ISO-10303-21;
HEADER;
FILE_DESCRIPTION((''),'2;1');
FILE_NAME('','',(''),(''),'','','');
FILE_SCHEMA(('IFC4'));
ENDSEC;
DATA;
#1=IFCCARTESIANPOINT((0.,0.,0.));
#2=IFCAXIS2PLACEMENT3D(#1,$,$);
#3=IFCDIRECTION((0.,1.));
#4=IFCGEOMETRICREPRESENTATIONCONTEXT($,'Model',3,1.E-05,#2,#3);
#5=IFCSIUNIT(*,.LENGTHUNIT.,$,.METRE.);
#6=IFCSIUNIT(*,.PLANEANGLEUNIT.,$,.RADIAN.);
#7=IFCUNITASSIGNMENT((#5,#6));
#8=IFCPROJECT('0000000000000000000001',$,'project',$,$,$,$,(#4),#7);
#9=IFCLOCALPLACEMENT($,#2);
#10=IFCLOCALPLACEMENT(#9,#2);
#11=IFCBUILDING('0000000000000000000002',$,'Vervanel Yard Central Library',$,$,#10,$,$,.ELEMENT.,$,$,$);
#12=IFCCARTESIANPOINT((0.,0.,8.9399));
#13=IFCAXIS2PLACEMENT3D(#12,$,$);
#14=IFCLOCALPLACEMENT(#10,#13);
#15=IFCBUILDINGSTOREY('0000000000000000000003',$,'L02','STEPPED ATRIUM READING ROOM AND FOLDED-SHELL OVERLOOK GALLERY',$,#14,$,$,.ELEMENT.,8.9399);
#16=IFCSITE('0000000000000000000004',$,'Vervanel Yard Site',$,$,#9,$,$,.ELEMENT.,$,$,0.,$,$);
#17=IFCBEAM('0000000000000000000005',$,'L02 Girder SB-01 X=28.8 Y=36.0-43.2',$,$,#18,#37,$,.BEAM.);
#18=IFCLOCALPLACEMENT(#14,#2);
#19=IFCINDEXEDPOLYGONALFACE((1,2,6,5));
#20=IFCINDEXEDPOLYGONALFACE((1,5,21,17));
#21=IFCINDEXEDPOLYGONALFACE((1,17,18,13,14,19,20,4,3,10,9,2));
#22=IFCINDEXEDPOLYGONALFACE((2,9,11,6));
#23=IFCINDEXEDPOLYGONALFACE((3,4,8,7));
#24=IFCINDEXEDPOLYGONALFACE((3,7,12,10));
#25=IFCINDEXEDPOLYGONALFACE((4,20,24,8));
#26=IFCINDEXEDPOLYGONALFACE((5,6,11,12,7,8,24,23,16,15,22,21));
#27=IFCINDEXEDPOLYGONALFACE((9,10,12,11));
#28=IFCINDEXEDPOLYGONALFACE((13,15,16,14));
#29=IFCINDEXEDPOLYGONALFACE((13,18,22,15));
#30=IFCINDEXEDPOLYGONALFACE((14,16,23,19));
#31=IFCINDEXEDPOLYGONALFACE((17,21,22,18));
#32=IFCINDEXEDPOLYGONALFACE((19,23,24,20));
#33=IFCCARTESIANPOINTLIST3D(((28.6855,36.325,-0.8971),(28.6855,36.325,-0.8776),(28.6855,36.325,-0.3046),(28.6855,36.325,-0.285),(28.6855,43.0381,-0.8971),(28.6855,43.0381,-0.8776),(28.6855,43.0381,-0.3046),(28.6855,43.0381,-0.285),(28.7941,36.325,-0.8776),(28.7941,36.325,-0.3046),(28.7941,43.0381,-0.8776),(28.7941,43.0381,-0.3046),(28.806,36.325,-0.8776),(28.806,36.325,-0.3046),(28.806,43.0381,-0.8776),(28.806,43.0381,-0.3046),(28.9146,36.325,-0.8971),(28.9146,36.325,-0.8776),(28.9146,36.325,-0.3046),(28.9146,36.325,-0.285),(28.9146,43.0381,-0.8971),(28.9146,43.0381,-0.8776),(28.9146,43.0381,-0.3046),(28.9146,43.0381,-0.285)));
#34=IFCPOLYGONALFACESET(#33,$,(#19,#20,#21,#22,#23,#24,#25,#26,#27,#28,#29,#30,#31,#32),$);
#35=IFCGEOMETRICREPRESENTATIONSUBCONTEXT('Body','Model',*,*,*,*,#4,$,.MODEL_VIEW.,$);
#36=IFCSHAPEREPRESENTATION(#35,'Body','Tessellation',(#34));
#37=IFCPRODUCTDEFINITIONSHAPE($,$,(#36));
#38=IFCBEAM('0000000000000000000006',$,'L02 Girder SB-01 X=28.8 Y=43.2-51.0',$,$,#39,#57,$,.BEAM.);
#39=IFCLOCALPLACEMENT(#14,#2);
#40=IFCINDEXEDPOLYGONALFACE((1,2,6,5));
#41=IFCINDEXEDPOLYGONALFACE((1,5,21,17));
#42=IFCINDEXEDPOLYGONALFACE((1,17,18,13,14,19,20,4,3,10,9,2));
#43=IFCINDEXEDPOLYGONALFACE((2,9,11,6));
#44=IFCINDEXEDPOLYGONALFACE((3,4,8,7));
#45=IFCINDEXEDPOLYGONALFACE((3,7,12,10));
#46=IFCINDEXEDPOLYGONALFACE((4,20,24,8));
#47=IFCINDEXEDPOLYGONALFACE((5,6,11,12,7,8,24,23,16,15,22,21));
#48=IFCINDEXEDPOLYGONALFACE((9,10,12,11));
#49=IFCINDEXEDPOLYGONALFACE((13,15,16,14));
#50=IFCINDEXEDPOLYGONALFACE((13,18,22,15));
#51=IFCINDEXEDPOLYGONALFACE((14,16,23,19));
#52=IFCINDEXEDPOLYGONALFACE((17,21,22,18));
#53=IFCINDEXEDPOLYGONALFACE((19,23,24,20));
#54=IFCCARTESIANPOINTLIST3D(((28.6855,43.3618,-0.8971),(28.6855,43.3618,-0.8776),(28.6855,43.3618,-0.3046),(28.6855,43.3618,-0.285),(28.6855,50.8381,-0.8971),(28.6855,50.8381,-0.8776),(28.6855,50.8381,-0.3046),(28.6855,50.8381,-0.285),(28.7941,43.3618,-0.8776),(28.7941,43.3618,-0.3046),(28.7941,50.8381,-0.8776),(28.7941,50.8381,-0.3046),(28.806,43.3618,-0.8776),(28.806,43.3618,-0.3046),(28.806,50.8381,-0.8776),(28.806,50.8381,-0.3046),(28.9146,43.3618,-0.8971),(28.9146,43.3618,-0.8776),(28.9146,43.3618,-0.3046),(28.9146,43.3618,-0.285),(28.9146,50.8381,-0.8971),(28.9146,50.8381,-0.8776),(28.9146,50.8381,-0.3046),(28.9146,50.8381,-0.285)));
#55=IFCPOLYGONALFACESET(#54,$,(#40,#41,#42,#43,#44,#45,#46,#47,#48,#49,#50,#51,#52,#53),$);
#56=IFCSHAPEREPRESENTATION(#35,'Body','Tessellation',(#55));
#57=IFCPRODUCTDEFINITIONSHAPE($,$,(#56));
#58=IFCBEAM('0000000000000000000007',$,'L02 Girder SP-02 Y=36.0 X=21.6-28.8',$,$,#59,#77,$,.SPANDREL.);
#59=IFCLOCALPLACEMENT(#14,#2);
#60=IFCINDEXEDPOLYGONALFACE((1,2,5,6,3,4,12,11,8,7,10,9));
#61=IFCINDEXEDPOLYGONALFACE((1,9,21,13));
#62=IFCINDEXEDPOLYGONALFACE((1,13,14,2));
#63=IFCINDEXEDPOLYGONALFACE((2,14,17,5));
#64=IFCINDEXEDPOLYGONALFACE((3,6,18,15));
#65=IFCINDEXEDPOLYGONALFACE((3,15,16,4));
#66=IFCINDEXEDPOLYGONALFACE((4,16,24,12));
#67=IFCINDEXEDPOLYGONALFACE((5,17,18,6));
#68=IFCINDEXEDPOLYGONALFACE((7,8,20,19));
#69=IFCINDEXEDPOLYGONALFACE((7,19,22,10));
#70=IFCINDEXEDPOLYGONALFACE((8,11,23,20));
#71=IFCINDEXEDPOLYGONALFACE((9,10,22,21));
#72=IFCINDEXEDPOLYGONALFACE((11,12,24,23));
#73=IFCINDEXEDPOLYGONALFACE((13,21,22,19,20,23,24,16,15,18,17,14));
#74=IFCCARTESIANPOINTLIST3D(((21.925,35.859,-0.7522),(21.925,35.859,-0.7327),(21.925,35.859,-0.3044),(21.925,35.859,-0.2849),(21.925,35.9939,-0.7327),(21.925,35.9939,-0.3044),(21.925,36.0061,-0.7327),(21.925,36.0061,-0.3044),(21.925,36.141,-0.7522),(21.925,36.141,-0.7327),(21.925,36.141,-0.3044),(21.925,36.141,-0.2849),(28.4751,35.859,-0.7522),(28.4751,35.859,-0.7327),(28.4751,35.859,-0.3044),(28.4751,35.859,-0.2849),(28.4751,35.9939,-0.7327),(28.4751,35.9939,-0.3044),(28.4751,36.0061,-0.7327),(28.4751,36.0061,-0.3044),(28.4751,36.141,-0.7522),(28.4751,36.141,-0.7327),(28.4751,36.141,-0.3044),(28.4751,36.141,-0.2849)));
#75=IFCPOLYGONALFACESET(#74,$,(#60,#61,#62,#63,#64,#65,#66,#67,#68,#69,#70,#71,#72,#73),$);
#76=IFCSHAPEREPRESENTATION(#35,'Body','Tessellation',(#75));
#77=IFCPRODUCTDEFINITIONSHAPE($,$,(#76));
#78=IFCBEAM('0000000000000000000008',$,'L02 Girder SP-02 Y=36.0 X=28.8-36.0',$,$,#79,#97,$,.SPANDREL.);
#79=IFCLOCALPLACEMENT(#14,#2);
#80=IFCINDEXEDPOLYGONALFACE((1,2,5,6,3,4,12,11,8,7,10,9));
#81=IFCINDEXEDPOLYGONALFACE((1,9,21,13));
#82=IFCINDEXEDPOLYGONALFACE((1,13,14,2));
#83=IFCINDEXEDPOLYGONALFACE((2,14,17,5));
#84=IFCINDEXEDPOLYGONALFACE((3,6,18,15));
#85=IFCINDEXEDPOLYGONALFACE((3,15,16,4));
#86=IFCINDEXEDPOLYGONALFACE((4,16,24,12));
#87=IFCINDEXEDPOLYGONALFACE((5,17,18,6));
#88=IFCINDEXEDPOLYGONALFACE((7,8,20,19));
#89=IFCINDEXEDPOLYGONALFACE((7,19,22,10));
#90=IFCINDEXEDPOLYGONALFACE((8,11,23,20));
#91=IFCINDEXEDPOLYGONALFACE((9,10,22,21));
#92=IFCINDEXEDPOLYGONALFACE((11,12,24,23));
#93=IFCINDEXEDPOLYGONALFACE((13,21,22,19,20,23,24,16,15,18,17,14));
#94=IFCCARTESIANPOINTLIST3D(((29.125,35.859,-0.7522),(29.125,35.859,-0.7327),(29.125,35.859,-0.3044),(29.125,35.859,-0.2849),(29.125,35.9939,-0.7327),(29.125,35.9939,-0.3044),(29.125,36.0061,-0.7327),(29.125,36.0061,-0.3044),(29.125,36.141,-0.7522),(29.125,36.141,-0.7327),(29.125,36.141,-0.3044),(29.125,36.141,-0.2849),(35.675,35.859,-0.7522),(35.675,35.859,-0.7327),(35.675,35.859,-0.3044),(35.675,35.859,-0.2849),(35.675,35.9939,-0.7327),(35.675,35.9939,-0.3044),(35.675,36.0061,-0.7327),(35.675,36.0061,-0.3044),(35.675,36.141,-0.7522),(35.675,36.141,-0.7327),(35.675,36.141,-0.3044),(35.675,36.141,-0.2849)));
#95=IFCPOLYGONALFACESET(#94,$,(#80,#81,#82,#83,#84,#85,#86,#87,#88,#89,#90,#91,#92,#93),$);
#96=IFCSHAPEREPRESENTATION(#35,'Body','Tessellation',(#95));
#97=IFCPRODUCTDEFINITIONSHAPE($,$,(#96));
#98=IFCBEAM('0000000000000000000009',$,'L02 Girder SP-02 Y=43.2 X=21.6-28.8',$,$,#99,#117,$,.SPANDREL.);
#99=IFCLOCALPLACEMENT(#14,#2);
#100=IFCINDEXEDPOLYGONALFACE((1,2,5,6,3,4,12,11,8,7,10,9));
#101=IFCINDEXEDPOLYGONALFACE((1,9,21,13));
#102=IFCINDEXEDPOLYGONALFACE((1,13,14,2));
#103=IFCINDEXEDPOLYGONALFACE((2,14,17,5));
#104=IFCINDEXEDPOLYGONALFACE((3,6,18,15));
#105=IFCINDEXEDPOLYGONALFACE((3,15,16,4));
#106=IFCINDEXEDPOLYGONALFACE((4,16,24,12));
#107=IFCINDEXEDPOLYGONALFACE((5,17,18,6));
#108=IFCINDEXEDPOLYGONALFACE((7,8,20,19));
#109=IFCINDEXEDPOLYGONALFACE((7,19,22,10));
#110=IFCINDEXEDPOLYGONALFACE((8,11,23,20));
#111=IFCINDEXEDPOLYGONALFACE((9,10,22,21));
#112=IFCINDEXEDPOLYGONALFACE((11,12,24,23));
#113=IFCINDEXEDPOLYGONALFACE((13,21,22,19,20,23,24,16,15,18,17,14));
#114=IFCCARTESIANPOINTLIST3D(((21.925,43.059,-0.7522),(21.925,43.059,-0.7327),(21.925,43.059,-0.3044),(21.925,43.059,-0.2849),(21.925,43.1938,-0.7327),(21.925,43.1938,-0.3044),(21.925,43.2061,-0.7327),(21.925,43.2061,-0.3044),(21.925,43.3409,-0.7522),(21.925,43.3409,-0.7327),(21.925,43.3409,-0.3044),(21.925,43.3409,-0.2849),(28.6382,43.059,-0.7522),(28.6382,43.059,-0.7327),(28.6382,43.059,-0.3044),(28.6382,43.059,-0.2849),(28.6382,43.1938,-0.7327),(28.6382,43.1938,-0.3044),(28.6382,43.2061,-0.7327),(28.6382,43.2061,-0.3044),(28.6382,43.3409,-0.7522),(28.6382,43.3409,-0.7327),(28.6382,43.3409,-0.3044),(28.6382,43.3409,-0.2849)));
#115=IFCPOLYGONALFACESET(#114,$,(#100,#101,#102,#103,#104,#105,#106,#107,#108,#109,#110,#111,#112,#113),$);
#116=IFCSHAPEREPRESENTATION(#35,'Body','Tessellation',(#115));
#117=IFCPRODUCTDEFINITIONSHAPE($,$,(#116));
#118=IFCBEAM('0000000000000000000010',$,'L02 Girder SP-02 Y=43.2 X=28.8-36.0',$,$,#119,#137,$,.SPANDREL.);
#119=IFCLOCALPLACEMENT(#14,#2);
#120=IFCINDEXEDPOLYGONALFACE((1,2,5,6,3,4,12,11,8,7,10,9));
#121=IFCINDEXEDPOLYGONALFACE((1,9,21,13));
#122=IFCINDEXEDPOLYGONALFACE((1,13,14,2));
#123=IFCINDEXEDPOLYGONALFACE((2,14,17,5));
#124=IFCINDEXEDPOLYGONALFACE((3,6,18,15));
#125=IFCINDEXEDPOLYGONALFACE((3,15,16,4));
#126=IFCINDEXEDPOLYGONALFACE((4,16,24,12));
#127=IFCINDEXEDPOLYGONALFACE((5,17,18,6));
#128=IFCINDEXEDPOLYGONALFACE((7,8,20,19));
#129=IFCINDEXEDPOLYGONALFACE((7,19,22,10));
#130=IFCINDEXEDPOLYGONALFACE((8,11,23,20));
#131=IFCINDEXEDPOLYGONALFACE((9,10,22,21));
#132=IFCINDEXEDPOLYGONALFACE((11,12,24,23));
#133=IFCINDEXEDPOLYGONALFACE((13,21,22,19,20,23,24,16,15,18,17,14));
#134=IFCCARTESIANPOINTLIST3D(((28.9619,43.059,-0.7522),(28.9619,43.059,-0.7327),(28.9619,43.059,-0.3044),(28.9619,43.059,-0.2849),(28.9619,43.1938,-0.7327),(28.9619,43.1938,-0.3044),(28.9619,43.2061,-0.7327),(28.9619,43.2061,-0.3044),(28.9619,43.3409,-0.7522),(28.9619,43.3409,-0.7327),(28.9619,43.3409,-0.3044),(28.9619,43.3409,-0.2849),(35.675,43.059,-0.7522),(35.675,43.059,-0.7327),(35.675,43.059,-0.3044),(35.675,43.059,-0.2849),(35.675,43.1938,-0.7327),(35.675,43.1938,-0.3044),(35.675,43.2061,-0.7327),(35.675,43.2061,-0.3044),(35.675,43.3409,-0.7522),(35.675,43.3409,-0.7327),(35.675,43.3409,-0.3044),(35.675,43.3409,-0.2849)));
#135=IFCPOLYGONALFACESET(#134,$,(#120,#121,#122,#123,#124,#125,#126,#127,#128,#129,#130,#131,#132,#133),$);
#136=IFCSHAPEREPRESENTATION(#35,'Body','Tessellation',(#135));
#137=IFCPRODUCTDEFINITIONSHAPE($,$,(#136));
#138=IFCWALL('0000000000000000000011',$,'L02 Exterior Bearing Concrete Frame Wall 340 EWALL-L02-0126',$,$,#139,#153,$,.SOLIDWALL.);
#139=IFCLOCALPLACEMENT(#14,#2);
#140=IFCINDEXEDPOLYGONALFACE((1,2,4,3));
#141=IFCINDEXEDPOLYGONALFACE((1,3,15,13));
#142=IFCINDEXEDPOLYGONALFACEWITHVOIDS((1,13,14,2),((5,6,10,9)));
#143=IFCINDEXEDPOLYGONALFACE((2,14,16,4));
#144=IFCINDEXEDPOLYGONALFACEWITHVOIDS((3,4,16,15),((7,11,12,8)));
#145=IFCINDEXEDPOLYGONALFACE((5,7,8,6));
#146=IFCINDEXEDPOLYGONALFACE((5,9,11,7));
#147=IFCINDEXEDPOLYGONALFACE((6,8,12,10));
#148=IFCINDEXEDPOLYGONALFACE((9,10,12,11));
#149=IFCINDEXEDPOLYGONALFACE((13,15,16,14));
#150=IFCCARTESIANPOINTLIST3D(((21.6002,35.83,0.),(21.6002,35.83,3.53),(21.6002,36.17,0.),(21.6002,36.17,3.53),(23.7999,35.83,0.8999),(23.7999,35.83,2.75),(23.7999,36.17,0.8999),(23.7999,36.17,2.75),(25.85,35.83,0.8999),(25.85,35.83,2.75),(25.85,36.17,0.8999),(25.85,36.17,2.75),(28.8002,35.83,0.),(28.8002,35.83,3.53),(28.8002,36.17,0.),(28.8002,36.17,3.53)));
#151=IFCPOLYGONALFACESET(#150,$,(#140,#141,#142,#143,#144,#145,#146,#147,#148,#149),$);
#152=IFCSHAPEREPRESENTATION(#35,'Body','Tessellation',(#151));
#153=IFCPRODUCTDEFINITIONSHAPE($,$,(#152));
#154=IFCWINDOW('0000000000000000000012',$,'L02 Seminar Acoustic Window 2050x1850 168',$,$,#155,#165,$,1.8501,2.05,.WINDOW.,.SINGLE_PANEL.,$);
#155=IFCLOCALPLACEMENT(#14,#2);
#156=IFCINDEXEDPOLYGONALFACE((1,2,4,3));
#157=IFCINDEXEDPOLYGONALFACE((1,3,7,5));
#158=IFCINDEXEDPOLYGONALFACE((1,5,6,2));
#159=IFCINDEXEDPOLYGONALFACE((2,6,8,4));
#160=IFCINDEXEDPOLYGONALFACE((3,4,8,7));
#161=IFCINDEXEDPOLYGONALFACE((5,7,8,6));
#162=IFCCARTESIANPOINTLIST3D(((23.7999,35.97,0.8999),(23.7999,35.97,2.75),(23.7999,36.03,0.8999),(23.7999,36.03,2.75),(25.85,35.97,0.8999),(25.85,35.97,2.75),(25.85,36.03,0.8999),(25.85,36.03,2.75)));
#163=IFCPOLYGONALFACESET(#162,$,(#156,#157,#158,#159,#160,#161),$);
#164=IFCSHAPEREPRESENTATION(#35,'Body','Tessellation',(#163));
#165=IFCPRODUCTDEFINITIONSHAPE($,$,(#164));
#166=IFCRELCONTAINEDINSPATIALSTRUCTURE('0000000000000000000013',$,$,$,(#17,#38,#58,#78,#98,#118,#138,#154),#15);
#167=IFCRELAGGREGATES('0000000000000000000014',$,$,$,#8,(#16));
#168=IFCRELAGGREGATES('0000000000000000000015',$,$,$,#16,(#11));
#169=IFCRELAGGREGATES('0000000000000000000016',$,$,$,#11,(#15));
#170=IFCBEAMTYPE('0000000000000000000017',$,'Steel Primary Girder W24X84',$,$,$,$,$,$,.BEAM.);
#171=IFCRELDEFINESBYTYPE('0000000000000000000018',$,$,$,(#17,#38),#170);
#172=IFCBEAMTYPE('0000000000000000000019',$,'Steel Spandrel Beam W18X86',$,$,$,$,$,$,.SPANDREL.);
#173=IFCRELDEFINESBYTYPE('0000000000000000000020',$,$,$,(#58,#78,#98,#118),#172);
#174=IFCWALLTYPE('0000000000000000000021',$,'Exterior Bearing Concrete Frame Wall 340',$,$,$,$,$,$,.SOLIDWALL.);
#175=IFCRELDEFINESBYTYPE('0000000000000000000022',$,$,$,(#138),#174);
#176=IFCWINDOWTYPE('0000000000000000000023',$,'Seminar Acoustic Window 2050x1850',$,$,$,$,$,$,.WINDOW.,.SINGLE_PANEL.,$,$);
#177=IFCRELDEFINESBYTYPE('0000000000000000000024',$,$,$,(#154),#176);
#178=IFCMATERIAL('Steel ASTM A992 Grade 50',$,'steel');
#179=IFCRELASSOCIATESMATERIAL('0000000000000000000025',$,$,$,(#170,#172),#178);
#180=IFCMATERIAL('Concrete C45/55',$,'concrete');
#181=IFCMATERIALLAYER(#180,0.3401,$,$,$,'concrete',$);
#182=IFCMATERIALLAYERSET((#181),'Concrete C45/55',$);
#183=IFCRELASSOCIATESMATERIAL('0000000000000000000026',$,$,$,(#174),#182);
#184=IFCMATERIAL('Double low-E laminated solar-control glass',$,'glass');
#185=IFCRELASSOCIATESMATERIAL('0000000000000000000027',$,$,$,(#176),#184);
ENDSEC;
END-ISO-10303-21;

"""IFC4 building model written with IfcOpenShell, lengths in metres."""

from ifc_helpers import new_model, si_unit, direction, frame, frame_2d, origin, origin_2d, place, context, subcontext, project, spatial, rectangle, i_section, extrude, material, layer, layer_set, material_profile, profile_set, type_object, element, fill, save


model = new_model("IFC4")

# Units and contexts
model_context = context("Model", 3, precision=1e-05, world=origin(), true_north=direction((0.0, 1.0)))
body_context = subcontext(model_context, "Body", "Model", "MODEL_VIEW")
ifc_project = project(units=[si_unit("LENGTHUNIT", "METRE"), si_unit("PLANEANGLEUNIT", "RADIAN")], contexts=[model_context])

# Site, building, storey
site_placement = place(None, origin())
site = spatial("IfcSite", under=ifc_project, at=site_placement, Name="Vervanel Yard Site", CompositionType="ELEMENT", RefElevation=0.0)
building_placement = place(site_placement, origin())
building = spatial("IfcBuilding", under=site, at=building_placement, Name="Vervanel Yard Central Library", CompositionType="ELEMENT")
storey_placement = place(building_placement, frame((0.0, 0.0, 8.9399)))
storey = spatial("IfcBuildingStorey", under=building, at=storey_placement, Name="L02", Description="STEPPED ATRIUM READING ROOM AND FOLDED-SHELL OVERLOOK GALLERY", CompositionType="ELEMENT", Elevation=8.9399)

# Beams
ifc_material_1 = material(Name="Steel ASTM A992 Grade 50", Category="steel")
ifc_material_profile_1 = material_profile(ifc_material_1, i_section(OverallWidth=0.229, OverallDepth=0.6121, WebThickness=0.012, FlangeThickness=0.0195, at=origin_2d()), Name="W24X84", Category="steel")
ifc_profile_set_1 = profile_set([ifc_material_profile_1], Name="Steel ASTM A992 Grade 50")
beam_type_1 = type_object("IfcBeamType", Name="Steel Primary Girder W24X84", PredefinedType="BEAM", material=ifc_profile_set_1)
beam_1_placement = place(storey_placement, frame((28.8, 36.325, -0.5911), z_axis=(0.0, 1.0, 0.0), x_axis=(-1.0, 0.0, 0.0)))
element("IfcBeam", 1, at=beam_1_placement, inside=storey, type_object=beam_type_1, Name="L02 Girder SB-01 X=28.8 Y=36.0-43.2", PredefinedType="BEAM", context=body_context, shape_type="SweptSolid", body=[
    extrude(i_section(OverallWidth=0.229, OverallDepth=0.6121, WebThickness=0.012, FlangeThickness=0.0195, at=origin_2d()), origin(), (0.0, 0.0, 1.0), 6.7131),
])
beam_2_placement = place(storey_placement, frame((28.8, 43.3618, -0.5911), z_axis=(0.0, 1.0, 0.0), x_axis=(-1.0, 0.0, 0.0)))
element("IfcBeam", 2, at=beam_2_placement, inside=storey, type_object=beam_type_1, Name="L02 Girder SB-01 X=28.8 Y=43.2-51.0", PredefinedType="BEAM", context=body_context, shape_type="SweptSolid", body=[
    extrude(i_section(OverallWidth=0.229, OverallDepth=0.6121, WebThickness=0.012, FlangeThickness=0.0195, at=origin_2d()), origin(), (0.0, 0.0, 1.0), 7.4763),
])
ifc_material_profile_2 = material_profile(ifc_material_1, i_section(OverallWidth=0.282, OverallDepth=0.4673, WebThickness=0.0122, FlangeThickness=0.0195, at=origin_2d()), Name="W18X86", Category="steel")
ifc_profile_set_2 = profile_set([ifc_material_profile_2], Name="Steel ASTM A992 Grade 50")
beam_type_2 = type_object("IfcBeamType", Name="Steel Spandrel Beam W18X86", PredefinedType="SPANDREL", material=ifc_profile_set_2)
for number, where, z_axis, x_axis, name in (
    (3, (21.925, 36.0, -0.5186), (1.0, 0.0, 0.0), (0.0, 1.0, 0.0), "L02 Girder SP-02 Y=36.0 X=21.6-28.8"),
    (4, (29.125, 36.0, -0.5186), (1.0, 0.0, 0.0), (0.0, 1.0, 0.0), "L02 Girder SP-02 Y=36.0 X=28.8-36.0"),
):
    element("IfcBeam", number, at=place(storey_placement, frame(where, z_axis=z_axis, x_axis=x_axis)), inside=storey, type_object=beam_type_2, Name=name, PredefinedType="SPANDREL", context=body_context, shape_type="SweptSolid", body=[
        extrude(i_section(OverallWidth=0.282, OverallDepth=0.4673, WebThickness=0.0122, FlangeThickness=0.0195, at=origin_2d()), origin(), (0.0, 0.0, 1.0), 6.55),
    ])
for number, where, z_axis, x_axis, name in (
    (5, (21.925, 43.2, -0.5186), (1.0, 0.0, 0.0), (0.0, 1.0, 0.0), "L02 Girder SP-02 Y=43.2 X=21.6-28.8"),
    (6, (28.9619, 43.2, -0.5186), (1.0, 0.0, 0.0), (0.0, 1.0, 0.0), "L02 Girder SP-02 Y=43.2 X=28.8-36.0"),
):
    element("IfcBeam", number, at=place(storey_placement, frame(where, z_axis=z_axis, x_axis=x_axis)), inside=storey, type_object=beam_type_2, Name=name, PredefinedType="SPANDREL", context=body_context, shape_type="SweptSolid", body=[
        extrude(i_section(OverallWidth=0.282, OverallDepth=0.4673, WebThickness=0.0122, FlangeThickness=0.0195, at=origin_2d()), origin(), (0.0, 0.0, 1.0), 6.7131),
    ])

# Wall, opening, window
ifc_material_2 = material(Name="Concrete C45/55", Category="concrete")
ifc_layer_1 = layer(ifc_material_2, 0.3401, Category="concrete")
ifc_layer_set_1 = layer_set([ifc_layer_1], Name="Concrete C45/55")
wall_type = type_object("IfcWallType", Name="Exterior Bearing Concrete Frame Wall 340", PredefinedType="SOLIDWALL", material=ifc_layer_set_1)
wall_1_placement = place(storey_placement, frame((21.6001, 36.0, 0.0), z_axis=(0.0, 0.0, 1.0), x_axis=(1.0, 0.0, 0.0)))
wall_1 = element("IfcWall", 7, at=wall_1_placement, inside=storey, type_object=wall_type, Name="L02 Exterior Bearing Concrete Frame Wall 340 EWALL-L02-0126", PredefinedType="SOLIDWALL", context=body_context, shape_type="SweptSolid", body=[
    extrude(rectangle(XDim=7.2, YDim=0.3401, at=frame_2d((3.6001, 0.0))), origin(), (0.0, 0.0, 1.0), 3.53),
])
opening_1_placement = place(wall_1_placement, frame((2.2, 0.0, 0.8999)))
opening_1 = element("IfcOpeningElement", 8, at=opening_1_placement, cuts=wall_1, PredefinedType="OPENING", context=body_context, shape_type="SweptSolid", body=[
    extrude(rectangle(XDim=2.05, YDim=1.8501, at=frame_2d((1.0249, 0.925))), frame((0.0, 0.1799, 0.0), z_axis=(0.0, -1.0, 0.0), x_axis=(1.0, 0.0, 0.0)), (0.0, 0.0, 1.0), 0.3601),
])
ifc_material_3 = material(Name="Double low-E laminated solar-control glass", Category="glass")
window_type = type_object("IfcWindowType", Name="Seminar Acoustic Window 2050x1850", PartitioningType="SINGLE_PANEL", PredefinedType="WINDOW", material=ifc_material_3)
window_1_placement = place(opening_1_placement, origin())
window_1 = element("IfcWindow", 9, at=window_1_placement, inside=storey, type_object=window_type, Name="L02 Seminar Acoustic Window 2050x1850 168", OverallHeight=1.8501, OverallWidth=2.05, PartitioningType="SINGLE_PANEL", PredefinedType="WINDOW", context=body_context, shape_type="SweptSolid", body=[
    extrude(rectangle(XDim=2.05, YDim=1.8501, at=frame_2d((1.0249, 0.925))), frame((0.0, 0.03, 0.0), z_axis=(0.0, -1.0, 0.0), x_axis=(1.0, 0.0, 0.0)), (0.0, 0.0, 1.0), 0.0601),
])
fill(opening_1, window_1)

save(model, "model.ifc")
